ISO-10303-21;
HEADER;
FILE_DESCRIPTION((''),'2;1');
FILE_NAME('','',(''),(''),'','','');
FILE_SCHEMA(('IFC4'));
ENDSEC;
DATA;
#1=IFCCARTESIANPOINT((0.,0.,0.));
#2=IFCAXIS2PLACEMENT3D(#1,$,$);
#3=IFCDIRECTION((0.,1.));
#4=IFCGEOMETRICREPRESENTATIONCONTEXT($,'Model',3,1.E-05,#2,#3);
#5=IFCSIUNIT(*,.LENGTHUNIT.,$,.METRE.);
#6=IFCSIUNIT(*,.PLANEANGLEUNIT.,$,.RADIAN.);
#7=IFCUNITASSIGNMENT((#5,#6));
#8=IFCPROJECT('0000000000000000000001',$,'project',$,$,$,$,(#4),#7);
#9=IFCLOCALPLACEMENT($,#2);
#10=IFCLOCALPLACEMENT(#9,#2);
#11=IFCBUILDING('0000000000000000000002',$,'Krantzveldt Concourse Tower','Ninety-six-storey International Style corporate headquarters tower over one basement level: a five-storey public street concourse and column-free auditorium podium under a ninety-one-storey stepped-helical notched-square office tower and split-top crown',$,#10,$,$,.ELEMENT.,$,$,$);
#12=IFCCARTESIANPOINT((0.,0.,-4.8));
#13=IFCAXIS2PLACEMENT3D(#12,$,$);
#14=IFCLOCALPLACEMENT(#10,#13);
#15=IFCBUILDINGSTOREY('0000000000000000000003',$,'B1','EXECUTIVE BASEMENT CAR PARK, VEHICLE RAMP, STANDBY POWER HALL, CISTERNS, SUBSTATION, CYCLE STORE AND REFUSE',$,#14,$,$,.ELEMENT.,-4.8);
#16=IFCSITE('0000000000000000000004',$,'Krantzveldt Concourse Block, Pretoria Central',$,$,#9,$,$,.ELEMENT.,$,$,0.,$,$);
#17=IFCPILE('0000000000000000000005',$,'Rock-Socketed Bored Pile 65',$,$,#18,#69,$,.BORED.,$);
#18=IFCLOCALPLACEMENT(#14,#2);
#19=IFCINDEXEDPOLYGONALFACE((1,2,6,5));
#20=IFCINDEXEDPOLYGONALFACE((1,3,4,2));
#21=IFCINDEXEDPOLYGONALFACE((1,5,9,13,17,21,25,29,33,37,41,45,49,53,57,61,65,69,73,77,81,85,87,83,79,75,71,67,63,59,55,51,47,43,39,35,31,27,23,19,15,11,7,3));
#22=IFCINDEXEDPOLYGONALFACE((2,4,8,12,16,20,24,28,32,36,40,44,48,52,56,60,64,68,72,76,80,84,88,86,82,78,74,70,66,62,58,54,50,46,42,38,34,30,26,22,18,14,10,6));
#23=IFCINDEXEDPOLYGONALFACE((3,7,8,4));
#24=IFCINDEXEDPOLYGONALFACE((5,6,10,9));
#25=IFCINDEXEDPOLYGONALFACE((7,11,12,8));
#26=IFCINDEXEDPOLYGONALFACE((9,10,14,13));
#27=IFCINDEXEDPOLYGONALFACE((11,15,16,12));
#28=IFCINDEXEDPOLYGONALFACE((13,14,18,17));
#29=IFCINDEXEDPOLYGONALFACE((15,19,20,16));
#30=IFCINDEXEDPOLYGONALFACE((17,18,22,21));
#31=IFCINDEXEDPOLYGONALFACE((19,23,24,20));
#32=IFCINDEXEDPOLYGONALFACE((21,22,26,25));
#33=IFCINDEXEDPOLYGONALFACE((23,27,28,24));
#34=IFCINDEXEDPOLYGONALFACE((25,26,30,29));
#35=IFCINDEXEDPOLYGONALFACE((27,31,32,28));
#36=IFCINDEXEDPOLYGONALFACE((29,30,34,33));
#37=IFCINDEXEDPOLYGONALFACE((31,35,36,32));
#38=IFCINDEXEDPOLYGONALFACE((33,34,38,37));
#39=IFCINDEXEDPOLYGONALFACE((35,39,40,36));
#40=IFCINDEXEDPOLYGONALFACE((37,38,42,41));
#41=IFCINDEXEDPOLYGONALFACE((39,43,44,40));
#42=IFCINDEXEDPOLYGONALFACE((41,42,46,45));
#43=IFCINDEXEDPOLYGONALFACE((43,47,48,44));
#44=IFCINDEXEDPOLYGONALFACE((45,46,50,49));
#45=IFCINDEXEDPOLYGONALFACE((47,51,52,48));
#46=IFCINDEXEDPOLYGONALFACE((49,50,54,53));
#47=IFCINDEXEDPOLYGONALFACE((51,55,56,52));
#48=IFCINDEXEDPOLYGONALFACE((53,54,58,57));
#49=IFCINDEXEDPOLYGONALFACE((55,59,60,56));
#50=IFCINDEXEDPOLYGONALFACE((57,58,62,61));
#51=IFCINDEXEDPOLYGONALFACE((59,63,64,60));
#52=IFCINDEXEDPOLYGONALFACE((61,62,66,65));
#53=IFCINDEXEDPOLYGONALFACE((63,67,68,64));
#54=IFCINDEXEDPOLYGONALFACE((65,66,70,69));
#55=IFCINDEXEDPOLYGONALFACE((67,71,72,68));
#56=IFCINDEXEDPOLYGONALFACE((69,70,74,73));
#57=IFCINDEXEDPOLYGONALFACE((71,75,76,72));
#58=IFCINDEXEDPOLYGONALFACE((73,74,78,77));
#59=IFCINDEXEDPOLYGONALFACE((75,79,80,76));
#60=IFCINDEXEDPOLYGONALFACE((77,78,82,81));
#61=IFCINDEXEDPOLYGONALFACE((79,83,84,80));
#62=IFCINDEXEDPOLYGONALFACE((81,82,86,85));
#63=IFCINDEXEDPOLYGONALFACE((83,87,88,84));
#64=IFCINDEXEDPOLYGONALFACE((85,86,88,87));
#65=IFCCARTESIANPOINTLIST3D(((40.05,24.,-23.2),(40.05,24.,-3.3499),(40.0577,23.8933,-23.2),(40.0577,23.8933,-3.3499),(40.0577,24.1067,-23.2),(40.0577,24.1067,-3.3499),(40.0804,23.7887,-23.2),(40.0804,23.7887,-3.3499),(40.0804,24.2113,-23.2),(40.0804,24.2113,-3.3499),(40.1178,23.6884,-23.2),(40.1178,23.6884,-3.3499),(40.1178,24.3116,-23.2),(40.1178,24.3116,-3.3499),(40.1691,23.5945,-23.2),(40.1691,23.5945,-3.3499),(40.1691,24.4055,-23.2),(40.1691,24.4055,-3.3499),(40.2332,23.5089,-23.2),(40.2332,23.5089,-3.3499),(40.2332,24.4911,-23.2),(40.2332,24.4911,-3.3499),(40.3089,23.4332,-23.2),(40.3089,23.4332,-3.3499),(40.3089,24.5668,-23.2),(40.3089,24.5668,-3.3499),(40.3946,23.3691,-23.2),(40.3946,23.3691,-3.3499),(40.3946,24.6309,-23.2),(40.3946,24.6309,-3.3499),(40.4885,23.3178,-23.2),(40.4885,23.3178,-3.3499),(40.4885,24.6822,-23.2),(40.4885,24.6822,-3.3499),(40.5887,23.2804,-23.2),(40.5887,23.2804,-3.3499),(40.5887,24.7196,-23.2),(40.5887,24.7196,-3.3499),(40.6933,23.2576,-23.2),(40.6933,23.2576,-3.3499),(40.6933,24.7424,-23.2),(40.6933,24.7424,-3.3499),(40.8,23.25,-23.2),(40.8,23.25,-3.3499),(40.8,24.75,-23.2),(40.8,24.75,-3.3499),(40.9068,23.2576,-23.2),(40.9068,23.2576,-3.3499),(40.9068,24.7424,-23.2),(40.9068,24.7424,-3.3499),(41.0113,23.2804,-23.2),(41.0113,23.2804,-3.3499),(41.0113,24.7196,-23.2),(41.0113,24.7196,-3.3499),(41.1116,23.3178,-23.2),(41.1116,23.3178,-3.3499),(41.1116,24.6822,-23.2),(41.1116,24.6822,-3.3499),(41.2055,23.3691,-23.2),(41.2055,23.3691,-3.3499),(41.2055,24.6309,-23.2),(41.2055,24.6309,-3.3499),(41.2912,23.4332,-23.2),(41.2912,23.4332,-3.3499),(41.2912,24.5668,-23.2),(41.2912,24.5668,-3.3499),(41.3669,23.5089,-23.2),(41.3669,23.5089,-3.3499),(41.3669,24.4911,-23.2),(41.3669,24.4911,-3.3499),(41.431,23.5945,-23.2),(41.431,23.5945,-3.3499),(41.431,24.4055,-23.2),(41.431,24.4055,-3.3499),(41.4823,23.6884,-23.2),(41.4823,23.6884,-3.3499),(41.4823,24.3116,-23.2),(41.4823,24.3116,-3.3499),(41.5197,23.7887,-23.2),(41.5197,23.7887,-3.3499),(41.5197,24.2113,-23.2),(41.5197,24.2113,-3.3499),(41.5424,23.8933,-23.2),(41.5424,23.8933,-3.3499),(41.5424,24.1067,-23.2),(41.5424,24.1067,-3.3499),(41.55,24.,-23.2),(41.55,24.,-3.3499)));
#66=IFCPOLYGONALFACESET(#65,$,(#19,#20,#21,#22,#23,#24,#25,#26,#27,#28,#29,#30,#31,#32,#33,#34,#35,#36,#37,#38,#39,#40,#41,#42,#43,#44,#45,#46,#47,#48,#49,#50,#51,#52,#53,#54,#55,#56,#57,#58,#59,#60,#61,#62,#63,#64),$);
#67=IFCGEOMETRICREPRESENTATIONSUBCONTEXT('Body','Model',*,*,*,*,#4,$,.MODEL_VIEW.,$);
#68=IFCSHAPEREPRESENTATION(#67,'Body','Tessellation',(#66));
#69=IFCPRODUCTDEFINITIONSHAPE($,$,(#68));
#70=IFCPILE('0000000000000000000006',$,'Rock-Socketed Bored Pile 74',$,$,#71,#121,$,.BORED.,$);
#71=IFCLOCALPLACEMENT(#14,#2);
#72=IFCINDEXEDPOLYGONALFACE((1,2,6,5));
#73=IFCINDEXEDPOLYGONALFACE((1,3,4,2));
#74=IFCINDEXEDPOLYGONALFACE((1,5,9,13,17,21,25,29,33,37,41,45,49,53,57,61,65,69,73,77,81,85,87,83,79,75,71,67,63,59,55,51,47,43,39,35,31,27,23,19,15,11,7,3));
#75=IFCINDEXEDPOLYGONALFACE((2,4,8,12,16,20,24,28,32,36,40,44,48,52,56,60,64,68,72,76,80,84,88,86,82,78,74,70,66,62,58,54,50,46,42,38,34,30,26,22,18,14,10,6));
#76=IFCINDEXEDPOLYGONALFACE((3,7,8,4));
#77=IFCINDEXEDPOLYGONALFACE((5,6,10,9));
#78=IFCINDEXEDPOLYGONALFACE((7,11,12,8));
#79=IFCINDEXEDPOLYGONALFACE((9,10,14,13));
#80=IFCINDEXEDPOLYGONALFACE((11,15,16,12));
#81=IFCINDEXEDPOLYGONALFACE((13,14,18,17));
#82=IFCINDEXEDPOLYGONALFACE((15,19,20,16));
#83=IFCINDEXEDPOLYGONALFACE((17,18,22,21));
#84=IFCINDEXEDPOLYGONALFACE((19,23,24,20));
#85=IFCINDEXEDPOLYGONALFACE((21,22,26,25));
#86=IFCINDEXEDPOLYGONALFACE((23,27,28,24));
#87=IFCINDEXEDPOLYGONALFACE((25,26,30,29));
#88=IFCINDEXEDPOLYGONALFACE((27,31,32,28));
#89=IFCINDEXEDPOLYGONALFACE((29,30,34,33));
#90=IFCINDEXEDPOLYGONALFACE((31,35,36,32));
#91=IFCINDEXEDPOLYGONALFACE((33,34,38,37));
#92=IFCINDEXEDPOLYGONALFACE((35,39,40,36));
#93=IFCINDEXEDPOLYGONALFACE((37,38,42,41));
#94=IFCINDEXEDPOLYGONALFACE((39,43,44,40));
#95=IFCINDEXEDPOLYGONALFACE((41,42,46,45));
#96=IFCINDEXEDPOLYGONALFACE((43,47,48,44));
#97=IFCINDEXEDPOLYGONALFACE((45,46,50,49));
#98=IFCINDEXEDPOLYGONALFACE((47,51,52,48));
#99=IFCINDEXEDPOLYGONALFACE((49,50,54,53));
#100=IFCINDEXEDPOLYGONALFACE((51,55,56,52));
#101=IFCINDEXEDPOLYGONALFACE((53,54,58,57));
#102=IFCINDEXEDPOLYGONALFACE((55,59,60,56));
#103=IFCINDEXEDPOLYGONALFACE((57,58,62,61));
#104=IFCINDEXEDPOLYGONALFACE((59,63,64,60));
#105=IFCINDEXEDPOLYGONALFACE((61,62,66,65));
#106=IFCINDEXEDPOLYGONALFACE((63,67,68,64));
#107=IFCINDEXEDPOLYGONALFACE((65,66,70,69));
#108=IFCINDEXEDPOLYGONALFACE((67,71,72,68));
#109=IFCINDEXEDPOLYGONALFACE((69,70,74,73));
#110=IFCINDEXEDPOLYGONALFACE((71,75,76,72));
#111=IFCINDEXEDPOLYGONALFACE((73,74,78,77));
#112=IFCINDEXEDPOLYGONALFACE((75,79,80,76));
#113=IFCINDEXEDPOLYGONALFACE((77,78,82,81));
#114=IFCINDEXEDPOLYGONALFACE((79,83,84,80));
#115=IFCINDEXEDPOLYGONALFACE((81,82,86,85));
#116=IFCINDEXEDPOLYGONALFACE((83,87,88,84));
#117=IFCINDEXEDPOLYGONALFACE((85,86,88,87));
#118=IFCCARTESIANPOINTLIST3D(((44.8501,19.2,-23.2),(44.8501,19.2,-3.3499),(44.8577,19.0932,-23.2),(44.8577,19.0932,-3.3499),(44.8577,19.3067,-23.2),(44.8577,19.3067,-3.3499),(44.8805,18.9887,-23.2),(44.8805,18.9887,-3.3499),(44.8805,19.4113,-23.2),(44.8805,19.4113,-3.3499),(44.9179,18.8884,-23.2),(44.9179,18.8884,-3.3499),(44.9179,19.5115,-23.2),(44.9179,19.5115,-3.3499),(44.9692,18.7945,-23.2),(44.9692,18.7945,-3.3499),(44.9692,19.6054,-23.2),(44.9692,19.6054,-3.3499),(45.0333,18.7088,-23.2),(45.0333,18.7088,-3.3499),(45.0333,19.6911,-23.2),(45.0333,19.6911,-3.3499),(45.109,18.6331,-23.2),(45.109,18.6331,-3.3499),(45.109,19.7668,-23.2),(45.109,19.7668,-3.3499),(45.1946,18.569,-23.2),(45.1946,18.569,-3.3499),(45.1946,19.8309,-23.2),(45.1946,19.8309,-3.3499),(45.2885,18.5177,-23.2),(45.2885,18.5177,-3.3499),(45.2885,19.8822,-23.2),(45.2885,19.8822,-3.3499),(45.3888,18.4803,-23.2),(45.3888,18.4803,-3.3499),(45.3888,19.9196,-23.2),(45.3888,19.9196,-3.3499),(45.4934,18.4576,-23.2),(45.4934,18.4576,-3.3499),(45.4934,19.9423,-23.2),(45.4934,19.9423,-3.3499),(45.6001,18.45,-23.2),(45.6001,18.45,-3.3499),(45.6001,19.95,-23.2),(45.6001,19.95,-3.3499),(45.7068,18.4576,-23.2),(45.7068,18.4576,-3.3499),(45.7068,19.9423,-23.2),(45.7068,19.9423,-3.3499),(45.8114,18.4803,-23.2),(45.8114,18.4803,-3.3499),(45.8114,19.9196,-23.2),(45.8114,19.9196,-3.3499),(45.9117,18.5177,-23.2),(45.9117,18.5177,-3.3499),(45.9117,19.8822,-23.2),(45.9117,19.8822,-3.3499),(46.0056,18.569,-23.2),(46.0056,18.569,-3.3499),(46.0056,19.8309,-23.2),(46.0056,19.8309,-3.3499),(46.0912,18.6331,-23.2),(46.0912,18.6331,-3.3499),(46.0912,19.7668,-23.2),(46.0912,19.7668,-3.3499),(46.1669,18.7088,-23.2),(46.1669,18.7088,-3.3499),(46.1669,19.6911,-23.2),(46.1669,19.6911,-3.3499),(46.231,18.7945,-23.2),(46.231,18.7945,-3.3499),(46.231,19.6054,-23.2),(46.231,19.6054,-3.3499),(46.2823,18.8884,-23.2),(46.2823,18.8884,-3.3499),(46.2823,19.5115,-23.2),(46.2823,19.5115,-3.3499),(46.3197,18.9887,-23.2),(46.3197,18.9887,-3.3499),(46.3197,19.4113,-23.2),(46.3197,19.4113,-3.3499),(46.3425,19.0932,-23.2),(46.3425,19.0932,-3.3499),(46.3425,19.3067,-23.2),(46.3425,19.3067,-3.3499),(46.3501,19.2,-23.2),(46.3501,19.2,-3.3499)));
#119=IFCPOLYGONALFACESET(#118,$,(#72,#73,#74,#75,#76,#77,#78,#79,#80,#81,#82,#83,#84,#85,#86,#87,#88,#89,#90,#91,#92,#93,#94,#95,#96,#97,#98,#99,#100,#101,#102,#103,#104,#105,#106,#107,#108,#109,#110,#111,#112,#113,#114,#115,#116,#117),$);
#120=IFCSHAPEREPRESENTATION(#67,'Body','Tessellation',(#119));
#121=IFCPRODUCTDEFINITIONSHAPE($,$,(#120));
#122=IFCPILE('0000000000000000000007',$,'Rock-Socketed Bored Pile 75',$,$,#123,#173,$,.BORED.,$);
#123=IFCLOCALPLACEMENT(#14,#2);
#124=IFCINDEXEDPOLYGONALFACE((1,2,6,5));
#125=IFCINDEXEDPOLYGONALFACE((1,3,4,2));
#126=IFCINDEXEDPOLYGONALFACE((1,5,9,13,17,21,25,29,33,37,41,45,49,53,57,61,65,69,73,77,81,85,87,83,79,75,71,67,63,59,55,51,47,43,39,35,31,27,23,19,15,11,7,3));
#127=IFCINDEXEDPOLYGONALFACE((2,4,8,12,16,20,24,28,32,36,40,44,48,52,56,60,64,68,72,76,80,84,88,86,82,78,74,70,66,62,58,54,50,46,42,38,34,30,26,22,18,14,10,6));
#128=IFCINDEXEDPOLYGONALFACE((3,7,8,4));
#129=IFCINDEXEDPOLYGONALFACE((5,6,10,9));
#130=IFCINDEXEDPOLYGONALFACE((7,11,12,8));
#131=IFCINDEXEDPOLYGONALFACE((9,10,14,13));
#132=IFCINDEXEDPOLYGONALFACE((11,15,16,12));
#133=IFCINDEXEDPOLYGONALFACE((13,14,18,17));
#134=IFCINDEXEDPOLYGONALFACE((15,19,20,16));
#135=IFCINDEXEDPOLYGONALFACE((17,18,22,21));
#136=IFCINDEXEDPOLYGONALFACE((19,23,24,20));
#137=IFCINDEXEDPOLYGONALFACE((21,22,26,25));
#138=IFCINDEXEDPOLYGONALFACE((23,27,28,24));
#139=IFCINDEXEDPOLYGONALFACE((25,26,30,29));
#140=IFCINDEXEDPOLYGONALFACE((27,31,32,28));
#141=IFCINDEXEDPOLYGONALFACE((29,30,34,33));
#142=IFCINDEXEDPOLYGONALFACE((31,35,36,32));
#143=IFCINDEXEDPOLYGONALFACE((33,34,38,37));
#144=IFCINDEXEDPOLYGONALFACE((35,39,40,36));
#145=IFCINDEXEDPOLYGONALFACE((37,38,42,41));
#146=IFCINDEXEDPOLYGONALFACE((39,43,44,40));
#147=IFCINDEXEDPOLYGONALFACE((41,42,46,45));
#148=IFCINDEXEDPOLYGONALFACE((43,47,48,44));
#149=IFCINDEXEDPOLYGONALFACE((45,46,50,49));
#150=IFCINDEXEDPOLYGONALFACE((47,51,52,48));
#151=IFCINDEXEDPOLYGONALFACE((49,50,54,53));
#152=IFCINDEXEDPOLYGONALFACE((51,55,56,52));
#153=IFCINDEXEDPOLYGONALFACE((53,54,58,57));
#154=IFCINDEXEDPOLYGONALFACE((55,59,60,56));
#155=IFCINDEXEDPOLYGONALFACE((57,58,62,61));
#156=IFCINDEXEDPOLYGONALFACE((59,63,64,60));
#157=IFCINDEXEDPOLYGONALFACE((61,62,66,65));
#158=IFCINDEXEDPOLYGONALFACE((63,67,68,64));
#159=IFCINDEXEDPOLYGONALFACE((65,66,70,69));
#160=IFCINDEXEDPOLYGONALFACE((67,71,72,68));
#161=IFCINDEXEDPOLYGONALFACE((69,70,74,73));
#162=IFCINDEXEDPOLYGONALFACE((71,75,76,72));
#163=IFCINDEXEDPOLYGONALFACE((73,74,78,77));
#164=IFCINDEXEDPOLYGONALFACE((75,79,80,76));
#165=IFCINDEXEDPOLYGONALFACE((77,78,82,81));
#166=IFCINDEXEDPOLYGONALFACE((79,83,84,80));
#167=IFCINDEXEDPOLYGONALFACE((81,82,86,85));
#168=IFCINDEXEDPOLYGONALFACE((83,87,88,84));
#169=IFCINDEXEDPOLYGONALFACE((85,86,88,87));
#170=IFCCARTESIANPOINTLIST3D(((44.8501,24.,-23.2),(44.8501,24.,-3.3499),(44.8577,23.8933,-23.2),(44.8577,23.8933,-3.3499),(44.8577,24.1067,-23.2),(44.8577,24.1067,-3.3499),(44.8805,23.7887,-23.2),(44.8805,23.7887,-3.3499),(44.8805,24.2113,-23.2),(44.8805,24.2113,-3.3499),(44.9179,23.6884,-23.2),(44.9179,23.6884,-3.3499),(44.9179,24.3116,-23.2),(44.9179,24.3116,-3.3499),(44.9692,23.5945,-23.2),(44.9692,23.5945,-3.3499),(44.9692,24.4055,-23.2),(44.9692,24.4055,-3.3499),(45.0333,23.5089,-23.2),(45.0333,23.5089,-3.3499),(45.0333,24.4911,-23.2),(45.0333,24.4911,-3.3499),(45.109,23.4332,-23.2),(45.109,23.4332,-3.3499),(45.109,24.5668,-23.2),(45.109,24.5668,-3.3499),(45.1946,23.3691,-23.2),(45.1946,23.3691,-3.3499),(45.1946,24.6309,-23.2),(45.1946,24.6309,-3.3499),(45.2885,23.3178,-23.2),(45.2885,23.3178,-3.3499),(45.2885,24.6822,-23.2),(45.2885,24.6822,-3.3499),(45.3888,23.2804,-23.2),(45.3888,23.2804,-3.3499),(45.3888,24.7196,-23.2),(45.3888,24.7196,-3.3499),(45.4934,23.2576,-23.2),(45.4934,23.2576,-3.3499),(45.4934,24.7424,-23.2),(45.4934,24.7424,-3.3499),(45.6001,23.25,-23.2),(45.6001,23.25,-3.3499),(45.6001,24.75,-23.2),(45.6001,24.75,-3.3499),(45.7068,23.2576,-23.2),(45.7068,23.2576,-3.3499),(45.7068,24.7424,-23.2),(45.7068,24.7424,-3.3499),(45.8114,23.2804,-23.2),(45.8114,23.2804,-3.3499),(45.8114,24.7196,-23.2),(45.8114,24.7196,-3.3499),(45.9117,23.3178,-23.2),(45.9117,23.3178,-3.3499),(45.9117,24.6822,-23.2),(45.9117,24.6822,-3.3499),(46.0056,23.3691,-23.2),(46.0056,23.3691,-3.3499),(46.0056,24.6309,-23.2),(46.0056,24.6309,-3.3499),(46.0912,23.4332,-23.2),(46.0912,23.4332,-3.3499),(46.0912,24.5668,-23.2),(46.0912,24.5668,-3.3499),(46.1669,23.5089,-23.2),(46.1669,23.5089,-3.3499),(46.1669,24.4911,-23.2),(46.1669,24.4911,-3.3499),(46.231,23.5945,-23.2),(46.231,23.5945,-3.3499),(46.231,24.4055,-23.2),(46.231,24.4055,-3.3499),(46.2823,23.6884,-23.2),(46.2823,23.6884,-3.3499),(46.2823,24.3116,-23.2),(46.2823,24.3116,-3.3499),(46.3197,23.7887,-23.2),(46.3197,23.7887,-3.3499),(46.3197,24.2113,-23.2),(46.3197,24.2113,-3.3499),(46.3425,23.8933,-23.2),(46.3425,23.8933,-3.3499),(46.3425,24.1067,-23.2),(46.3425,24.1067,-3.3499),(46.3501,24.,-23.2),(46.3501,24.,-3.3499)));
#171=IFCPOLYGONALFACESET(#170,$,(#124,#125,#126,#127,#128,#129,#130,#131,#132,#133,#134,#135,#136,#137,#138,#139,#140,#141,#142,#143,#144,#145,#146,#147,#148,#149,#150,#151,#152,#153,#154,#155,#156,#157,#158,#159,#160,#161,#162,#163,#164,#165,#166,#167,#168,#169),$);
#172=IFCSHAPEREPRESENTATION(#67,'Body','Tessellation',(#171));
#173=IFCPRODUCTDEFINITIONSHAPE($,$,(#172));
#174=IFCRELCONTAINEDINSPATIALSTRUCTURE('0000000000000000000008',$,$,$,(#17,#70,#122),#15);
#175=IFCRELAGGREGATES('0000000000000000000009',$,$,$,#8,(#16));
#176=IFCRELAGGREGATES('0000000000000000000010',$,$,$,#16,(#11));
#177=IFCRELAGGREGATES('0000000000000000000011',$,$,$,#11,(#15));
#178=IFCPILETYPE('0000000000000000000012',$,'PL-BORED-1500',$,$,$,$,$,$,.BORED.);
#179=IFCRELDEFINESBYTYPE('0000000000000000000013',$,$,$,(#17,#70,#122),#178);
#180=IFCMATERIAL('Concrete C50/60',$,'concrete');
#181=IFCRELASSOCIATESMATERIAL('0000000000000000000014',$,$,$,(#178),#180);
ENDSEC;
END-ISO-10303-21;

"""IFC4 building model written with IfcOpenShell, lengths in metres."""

from ifc_helpers import new_model, si_unit, direction, frame, origin, origin_2d, place, context, subcontext, project, spatial, circle, extrude, source, transform, mapped, material, material_profile, profile_set, type_object, type_shapes, element, save


model = new_model("IFC4")

# Units and contexts
model_context = context("Model", 3, precision=1e-05, world=origin(), true_north=direction((0.0, 1.0)))
body_context = subcontext(model_context, "Body", "Model", "MODEL_VIEW")
ifc_project = project(units=[si_unit("LENGTHUNIT", "METRE"), si_unit("PLANEANGLEUNIT", "RADIAN")], contexts=[model_context])

# Site, building, storey
site_placement = place(None, origin())
site = spatial("IfcSite", under=ifc_project, at=site_placement, Name="Krantzveldt Concourse Block, Pretoria Central", CompositionType="ELEMENT", RefElevation=0.0)
building_placement = place(site_placement, origin())
building = spatial("IfcBuilding", under=site, at=building_placement, Name="Krantzveldt Concourse Tower", Description="Ninety-six-storey International Style corporate headquarters tower over one basement level: a five-storey public street concourse and column-free auditorium podium under a ninety-one-storey stepped-helical notched-square office tower and split-top crown", CompositionType="ELEMENT")
storey_placement = place(building_placement, frame((0.0, 0.0, -4.8)))
storey = spatial("IfcBuildingStorey", under=building, at=storey_placement, Name="B1", Description="EXECUTIVE BASEMENT CAR PARK, VEHICLE RAMP, STANDBY POWER HALL, CISTERNS, SUBSTATION, CYCLE STORE AND REFUSE", CompositionType="ELEMENT", Elevation=-4.8)

# Piles
ifc_material_1 = material(Name="Concrete C50/60", Category="concrete")
ifc_material_profile_1 = material_profile(ifc_material_1, circle(Radius=0.75, at=origin_2d()), Name="Concrete C50/60", Category="concrete")
ifc_profile_set_1 = profile_set([ifc_material_profile_1], Name="Concrete C50/60 - PILE D1500")
pile_type = type_object("IfcPileType", Name="PL-BORED-1500", PredefinedType="BORED", material=ifc_profile_set_1)
shared_shape_1 = source(origin(), body_context, "Body", "SweptSolid", [
    extrude(circle(Radius=0.75, at=origin_2d()), origin(), (0.0, 0.0, 1.0), 19.8501),
])
type_shapes(pile_type, [shared_shape_1])
for number, where, z_axis, x_axis, name in (
    (1, (40.8, 24.0, -3.3499), (0.0, 0.0, -1.0), (1.0, 0.0, 0.0), "Rock-Socketed Bored Pile 65"),
    (2, (45.6001, 19.2, -3.3499), (0.0, 0.0, -1.0), (1.0, 0.0, 0.0), "Rock-Socketed Bored Pile 74"),
    (3, (45.6001, 24.0, -3.3499), (0.0, 0.0, -1.0), (1.0, 0.0, 0.0), "Rock-Socketed Bored Pile 75"),
):
    element("IfcPile", number, at=place(storey_placement, frame(where, z_axis=z_axis, x_axis=x_axis)), inside=storey, type_object=pile_type, Name=name, PredefinedType="BORED", context=body_context, shape_type="MappedRepresentation", body=[
        mapped(shared_shape_1, transform((0.0, 0.0, 0.0), x_axis=(1.0, 0.0, 0.0), y_axis=(0.0, 1.0, 0.0), z_axis=(0.0, 0.0, 1.0), scale=1.0)),
    ])

save(model, "model.ifc")
